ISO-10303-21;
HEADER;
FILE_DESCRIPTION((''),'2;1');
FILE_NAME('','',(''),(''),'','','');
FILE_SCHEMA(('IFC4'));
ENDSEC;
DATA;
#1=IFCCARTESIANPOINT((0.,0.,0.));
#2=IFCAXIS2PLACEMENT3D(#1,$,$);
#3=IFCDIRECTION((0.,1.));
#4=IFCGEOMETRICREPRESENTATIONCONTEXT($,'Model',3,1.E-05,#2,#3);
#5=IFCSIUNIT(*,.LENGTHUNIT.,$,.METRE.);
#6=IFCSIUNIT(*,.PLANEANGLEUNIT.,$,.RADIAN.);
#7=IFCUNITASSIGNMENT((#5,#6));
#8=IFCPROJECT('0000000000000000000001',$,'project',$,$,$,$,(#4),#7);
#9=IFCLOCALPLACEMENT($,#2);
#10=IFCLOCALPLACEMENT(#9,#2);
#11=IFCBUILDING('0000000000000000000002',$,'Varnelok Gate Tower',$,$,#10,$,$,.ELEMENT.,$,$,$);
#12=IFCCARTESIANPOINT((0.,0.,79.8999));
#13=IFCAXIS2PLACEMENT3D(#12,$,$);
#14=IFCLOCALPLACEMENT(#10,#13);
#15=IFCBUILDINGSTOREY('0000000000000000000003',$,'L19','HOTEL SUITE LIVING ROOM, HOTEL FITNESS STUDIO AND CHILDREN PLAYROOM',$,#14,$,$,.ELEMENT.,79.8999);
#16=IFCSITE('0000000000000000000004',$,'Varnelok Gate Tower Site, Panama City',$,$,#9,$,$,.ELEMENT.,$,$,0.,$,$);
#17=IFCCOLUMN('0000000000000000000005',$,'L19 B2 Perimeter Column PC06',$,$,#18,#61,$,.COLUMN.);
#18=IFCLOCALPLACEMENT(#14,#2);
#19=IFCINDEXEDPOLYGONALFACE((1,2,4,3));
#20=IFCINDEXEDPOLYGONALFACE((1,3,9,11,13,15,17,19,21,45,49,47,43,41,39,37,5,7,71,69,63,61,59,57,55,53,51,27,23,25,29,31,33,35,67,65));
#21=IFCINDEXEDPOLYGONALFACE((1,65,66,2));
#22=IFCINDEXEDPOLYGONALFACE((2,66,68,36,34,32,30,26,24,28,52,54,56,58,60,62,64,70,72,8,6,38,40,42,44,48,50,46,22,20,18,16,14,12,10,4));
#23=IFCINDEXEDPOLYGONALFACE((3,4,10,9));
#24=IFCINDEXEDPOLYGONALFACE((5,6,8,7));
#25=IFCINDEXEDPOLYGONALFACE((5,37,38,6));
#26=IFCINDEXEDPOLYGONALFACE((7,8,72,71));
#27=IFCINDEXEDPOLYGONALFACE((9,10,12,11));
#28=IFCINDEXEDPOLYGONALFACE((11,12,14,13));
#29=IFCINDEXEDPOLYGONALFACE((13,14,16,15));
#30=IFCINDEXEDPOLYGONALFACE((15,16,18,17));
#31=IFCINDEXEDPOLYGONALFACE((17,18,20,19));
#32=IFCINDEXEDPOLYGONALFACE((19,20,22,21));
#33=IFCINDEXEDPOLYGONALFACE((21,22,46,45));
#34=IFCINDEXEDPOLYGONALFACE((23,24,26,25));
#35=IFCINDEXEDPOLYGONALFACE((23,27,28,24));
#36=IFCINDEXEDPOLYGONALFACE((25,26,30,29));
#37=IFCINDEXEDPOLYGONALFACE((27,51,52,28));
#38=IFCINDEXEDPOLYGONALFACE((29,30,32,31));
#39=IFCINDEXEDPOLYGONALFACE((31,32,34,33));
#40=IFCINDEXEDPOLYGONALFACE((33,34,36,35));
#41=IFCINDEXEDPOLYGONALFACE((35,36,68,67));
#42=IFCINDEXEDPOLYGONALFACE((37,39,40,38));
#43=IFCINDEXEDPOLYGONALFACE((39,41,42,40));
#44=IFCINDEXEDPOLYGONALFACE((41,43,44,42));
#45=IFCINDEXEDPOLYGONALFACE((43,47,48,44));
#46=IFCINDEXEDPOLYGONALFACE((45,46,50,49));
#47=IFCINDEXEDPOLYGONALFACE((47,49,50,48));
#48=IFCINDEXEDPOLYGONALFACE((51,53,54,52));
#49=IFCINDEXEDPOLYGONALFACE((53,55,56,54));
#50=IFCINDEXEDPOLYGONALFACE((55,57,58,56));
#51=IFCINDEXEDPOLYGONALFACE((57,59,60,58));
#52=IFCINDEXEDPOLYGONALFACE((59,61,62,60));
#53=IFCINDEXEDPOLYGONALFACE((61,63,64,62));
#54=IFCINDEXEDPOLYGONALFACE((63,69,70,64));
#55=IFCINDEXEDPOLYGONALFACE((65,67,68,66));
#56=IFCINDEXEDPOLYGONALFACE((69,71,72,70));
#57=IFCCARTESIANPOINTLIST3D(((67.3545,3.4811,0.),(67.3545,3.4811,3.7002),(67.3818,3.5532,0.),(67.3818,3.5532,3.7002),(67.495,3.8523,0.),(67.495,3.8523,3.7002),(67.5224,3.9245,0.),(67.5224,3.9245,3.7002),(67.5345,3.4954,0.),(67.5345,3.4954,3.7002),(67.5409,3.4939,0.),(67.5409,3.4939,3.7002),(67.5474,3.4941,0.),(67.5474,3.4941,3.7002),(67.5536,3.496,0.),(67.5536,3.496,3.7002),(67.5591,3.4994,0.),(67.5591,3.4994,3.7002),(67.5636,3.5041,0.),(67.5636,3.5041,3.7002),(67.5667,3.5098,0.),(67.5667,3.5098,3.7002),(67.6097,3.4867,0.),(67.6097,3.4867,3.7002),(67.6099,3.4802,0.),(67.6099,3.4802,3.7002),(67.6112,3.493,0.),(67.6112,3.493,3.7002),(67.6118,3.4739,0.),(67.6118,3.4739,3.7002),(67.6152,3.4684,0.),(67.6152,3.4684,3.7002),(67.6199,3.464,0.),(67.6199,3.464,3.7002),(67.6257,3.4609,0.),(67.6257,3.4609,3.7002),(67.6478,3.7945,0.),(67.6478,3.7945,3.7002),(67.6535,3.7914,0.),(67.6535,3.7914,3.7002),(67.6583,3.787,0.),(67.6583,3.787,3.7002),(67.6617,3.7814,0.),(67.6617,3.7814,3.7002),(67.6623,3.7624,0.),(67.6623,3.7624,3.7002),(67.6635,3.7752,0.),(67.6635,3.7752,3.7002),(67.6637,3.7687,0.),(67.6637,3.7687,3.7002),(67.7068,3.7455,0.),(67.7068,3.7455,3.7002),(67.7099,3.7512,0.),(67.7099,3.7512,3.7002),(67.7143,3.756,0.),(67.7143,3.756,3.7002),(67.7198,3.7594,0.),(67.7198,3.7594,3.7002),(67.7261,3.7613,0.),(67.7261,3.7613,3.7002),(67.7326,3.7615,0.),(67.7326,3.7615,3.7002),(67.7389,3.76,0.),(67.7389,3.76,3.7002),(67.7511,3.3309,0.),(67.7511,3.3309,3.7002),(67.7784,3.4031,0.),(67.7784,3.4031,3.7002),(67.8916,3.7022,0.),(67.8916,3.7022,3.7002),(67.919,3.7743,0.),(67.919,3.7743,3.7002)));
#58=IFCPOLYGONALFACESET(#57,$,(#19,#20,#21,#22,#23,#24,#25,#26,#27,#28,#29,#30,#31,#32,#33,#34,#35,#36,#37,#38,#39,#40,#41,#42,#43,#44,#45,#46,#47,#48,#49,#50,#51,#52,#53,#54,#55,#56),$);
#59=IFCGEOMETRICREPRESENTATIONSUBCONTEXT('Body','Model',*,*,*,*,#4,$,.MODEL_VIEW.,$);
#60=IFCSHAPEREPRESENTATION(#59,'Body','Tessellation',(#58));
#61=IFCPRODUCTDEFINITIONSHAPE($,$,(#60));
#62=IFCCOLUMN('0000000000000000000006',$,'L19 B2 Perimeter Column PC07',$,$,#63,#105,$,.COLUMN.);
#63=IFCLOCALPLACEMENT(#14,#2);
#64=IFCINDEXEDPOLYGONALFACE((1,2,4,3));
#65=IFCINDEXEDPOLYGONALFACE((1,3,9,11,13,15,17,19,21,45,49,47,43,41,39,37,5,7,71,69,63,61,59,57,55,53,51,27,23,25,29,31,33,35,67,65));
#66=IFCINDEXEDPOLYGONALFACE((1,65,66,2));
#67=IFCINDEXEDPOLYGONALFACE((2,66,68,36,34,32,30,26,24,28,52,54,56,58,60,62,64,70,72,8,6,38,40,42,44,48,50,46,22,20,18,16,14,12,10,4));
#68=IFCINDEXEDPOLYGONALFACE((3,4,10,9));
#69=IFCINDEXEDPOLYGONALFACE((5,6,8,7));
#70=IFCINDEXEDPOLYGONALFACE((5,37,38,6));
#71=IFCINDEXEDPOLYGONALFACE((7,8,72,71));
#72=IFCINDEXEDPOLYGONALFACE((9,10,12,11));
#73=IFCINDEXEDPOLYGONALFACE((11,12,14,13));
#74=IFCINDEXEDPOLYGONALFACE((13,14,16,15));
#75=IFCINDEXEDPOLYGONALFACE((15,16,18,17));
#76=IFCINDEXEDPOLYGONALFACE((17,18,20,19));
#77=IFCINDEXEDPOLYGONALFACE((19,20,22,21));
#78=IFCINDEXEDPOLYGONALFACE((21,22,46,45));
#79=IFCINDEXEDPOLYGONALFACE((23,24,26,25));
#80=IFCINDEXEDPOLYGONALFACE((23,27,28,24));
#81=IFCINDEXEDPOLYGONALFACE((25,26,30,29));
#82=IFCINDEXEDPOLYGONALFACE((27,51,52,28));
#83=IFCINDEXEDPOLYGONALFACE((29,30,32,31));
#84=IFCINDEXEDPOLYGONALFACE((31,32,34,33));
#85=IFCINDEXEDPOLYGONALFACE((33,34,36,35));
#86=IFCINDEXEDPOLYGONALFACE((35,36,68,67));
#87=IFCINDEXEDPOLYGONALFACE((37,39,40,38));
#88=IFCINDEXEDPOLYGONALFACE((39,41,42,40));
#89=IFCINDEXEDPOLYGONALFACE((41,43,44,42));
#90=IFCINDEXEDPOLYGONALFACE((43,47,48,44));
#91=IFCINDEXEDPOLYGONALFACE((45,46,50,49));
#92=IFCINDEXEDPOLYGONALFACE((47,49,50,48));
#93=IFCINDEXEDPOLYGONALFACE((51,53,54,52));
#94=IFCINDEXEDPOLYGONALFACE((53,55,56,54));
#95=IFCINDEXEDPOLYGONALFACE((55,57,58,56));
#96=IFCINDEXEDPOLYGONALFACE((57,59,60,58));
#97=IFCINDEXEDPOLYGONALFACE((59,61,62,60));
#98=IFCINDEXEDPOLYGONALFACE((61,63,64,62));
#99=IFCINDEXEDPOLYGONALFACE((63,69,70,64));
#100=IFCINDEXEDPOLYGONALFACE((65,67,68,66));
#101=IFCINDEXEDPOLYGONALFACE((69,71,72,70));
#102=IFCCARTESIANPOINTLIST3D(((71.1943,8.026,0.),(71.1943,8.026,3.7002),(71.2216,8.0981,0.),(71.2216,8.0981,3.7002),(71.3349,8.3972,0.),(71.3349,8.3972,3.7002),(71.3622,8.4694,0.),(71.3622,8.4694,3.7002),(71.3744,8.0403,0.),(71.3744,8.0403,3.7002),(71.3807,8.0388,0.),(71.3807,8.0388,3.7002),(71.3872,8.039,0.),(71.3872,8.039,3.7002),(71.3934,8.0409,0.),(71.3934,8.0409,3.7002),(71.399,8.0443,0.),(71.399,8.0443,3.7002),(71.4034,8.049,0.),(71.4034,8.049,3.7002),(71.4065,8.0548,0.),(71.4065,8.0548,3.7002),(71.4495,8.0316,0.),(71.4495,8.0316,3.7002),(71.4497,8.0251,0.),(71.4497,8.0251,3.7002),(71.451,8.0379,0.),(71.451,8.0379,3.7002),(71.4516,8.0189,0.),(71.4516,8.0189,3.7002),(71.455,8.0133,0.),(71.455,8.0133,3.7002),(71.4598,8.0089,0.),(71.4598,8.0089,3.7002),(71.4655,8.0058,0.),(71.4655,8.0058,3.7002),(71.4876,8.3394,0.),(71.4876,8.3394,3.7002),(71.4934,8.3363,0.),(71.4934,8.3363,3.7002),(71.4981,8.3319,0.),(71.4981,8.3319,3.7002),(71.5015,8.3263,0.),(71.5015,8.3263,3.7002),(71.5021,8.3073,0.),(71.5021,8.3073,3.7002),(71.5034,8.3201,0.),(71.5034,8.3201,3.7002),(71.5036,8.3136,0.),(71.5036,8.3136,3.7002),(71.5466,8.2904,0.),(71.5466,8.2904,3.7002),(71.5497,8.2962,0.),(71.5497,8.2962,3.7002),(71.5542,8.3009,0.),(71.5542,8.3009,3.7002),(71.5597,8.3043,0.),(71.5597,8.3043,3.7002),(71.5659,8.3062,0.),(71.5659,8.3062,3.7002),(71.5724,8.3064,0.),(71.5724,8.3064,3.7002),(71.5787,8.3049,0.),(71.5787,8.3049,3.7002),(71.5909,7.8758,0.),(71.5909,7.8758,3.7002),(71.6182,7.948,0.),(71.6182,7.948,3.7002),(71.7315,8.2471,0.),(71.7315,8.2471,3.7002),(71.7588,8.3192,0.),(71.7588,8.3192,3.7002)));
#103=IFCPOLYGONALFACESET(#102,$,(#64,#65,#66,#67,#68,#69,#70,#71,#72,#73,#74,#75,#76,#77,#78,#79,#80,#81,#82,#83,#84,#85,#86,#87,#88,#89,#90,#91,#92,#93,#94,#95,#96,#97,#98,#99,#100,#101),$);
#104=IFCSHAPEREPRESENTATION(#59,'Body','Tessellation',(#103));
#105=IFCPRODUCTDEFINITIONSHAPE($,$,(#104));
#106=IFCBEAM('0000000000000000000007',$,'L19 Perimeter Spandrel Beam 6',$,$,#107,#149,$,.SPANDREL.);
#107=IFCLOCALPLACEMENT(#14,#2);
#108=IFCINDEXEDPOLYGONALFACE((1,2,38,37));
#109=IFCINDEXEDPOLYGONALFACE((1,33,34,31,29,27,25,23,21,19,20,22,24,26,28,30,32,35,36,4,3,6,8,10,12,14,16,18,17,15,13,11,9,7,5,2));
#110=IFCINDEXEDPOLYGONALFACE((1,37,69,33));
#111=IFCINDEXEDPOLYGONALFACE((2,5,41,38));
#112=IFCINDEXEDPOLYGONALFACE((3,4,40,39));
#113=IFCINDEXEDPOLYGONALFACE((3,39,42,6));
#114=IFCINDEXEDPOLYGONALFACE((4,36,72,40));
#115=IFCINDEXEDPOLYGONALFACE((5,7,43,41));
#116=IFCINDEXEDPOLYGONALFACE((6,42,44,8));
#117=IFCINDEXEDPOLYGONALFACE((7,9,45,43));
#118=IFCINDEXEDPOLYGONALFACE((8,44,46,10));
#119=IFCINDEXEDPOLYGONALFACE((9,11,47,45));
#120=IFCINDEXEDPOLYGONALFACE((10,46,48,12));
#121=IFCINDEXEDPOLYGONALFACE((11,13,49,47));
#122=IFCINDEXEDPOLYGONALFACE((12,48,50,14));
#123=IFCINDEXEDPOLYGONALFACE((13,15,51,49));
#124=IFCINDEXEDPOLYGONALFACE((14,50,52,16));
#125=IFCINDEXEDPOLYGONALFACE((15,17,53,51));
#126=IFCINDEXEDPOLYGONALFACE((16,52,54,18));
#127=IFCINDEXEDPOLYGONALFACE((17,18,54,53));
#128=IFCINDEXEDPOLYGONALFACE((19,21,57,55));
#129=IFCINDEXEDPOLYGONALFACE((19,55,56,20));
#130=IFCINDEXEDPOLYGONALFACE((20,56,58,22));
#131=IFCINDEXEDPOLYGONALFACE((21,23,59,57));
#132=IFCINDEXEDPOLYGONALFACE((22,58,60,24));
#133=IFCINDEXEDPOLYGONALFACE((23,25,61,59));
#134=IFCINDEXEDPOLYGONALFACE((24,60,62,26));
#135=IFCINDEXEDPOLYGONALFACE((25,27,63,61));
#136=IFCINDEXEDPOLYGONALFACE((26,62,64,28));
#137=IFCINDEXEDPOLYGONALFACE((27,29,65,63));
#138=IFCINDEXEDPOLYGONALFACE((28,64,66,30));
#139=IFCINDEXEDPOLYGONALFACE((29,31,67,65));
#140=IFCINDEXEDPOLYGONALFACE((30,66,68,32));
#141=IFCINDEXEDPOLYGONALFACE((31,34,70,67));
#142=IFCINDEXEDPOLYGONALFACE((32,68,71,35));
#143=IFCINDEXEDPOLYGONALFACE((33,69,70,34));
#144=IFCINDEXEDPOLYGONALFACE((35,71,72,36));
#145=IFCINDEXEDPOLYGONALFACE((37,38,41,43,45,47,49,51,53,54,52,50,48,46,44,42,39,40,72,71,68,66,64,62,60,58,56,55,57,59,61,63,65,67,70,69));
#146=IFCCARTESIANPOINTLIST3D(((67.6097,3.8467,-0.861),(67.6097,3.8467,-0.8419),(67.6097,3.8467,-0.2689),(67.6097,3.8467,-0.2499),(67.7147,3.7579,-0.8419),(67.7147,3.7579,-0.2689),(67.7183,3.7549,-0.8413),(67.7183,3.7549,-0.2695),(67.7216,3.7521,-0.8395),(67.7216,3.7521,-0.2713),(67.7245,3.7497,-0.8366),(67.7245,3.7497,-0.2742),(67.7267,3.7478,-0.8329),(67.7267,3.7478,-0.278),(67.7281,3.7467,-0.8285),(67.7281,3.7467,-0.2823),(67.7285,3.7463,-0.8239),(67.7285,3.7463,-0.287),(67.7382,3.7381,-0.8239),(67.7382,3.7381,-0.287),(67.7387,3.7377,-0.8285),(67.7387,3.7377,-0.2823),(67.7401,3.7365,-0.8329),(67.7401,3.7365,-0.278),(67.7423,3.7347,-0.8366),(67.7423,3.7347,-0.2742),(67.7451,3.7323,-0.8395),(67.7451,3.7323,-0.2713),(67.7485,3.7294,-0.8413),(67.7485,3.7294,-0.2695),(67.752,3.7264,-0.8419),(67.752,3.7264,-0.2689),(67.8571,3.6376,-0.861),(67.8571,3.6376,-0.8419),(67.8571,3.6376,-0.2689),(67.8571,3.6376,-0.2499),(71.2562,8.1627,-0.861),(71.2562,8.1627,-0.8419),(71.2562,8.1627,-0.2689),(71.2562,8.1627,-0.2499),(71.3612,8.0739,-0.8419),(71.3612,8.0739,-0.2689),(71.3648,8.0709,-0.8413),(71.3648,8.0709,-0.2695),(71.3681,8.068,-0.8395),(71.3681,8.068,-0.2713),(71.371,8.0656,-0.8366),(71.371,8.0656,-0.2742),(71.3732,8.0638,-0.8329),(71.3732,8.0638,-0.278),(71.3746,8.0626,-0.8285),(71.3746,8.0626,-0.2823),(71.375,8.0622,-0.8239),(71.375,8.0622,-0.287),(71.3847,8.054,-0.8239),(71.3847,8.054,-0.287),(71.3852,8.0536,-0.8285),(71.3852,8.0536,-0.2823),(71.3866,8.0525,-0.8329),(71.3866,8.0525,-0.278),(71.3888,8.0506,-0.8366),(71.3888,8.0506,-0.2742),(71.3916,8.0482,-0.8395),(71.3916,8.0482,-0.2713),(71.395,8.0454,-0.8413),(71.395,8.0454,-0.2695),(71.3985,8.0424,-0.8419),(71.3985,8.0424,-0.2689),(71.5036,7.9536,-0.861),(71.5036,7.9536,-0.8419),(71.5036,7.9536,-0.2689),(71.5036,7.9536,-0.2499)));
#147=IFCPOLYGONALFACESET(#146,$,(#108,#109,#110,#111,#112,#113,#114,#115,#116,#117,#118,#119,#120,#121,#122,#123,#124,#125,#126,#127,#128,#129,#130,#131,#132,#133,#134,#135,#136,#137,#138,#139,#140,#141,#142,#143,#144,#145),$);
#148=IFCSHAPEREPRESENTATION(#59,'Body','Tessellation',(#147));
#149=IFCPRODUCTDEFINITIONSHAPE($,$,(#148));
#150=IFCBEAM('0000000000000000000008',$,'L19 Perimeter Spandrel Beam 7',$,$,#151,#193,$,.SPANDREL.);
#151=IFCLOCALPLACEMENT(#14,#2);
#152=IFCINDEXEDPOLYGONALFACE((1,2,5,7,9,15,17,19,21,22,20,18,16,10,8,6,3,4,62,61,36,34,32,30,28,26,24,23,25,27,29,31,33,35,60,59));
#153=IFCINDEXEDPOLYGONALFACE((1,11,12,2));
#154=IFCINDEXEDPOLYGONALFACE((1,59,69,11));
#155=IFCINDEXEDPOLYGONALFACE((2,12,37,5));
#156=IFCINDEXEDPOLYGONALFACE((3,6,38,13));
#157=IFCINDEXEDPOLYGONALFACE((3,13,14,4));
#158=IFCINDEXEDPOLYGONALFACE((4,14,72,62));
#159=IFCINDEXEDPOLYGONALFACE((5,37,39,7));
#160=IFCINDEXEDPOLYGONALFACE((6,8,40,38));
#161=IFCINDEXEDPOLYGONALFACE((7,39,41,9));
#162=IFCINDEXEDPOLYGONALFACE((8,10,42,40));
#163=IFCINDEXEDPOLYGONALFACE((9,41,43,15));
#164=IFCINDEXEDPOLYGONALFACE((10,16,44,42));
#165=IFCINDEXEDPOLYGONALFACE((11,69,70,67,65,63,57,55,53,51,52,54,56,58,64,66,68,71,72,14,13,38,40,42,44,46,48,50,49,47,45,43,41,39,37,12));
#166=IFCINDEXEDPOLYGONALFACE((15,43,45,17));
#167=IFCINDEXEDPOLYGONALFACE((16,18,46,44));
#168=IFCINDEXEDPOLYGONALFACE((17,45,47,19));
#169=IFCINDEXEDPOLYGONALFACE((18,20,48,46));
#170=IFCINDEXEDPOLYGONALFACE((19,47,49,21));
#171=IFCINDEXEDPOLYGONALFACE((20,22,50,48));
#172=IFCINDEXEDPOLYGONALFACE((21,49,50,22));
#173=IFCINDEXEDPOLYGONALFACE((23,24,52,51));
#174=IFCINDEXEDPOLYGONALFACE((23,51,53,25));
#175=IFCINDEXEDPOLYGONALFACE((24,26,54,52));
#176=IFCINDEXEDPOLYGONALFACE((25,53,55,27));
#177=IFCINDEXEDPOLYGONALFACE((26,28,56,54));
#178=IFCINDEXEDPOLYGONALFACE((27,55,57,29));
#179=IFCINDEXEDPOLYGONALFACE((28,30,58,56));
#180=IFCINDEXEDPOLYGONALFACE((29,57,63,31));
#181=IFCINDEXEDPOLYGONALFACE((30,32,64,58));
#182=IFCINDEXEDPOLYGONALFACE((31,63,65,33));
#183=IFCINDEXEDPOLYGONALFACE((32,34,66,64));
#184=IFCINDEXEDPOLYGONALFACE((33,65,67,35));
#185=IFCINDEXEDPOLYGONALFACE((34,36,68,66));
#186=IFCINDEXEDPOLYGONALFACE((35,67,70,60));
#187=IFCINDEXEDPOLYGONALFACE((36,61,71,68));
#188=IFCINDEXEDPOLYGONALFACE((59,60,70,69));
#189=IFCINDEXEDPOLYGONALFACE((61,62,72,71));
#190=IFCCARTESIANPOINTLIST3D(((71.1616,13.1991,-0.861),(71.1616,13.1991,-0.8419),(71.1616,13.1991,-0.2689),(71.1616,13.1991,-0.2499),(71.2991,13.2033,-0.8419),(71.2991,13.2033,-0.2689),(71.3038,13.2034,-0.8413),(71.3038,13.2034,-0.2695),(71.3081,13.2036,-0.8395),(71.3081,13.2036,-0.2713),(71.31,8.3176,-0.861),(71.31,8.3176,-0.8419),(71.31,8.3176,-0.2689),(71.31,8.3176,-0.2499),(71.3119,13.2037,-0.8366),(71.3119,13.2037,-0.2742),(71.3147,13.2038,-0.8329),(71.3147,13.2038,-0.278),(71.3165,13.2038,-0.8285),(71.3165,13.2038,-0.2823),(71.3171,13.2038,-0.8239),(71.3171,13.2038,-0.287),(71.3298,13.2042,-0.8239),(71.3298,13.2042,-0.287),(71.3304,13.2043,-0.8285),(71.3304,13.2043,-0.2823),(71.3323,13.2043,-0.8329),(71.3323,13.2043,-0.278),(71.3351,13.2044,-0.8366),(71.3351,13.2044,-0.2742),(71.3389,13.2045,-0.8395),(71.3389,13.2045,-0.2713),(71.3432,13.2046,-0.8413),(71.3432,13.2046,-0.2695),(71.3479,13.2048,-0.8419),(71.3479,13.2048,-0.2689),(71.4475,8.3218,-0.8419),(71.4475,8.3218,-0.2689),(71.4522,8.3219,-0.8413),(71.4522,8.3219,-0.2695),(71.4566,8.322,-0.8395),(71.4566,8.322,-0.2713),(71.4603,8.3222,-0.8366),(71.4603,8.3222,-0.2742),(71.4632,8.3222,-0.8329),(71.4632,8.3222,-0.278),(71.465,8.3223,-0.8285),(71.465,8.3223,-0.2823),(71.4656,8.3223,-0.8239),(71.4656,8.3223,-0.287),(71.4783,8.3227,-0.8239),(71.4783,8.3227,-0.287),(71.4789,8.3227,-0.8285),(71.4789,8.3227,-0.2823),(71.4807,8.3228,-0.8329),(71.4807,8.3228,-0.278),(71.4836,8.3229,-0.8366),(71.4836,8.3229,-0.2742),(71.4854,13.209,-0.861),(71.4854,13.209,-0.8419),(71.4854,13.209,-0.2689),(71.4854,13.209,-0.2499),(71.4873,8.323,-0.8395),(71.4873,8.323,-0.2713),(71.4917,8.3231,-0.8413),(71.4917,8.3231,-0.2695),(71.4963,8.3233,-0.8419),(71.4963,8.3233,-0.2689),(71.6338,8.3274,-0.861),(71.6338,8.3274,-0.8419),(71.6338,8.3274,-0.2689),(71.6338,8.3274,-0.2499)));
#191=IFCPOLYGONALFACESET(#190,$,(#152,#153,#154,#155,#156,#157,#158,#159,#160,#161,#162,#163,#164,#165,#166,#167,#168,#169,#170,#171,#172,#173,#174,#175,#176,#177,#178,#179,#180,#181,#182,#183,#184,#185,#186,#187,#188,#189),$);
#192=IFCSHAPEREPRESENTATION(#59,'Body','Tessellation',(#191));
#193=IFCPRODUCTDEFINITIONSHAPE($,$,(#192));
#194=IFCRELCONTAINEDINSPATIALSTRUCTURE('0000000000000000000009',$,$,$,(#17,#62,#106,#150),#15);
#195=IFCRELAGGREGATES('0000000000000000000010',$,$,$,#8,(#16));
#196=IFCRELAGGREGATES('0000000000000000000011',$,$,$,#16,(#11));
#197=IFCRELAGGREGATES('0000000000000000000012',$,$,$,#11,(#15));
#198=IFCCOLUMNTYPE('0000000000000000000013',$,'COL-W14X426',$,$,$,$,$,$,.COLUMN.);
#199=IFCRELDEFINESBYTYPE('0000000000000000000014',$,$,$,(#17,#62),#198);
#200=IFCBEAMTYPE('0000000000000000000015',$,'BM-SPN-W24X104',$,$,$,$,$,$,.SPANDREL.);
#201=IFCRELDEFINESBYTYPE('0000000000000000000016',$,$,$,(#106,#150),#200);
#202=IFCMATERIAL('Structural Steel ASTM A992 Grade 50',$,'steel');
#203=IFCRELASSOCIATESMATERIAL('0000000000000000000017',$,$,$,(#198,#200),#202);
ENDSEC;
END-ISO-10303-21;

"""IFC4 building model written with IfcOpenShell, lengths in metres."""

from ifc_helpers import new_model, si_unit, direction, frame, origin, origin_2d, place, context, subcontext, project, spatial, i_section, extrude, material, material_profile, profile_set, type_object, element, save


model = new_model("IFC4")

# Units and contexts
model_context = context("Model", 3, precision=1e-05, world=origin(), true_north=direction((0.0, 1.0)))
body_context = subcontext(model_context, "Body", "Model", "MODEL_VIEW")
ifc_project = project(units=[si_unit("LENGTHUNIT", "METRE"), si_unit("PLANEANGLEUNIT", "RADIAN")], contexts=[model_context])

# Site, building, storey
site_placement = place(None, origin())
site = spatial("IfcSite", under=ifc_project, at=site_placement, Name="Varnelok Gate Tower Site, Panama City", CompositionType="ELEMENT", RefElevation=0.0)
building_placement = place(site_placement, origin())
building = spatial("IfcBuilding", under=site, at=building_placement, Name="Varnelok Gate Tower", CompositionType="ELEMENT")
storey_placement = place(building_placement, frame((0.0, 0.0, 79.8999)))
storey = spatial("IfcBuildingStorey", under=building, at=storey_placement, Name="L19", Description="HOTEL SUITE LIVING ROOM, HOTEL FITNESS STUDIO AND CHILDREN PLAYROOM", CompositionType="ELEMENT", Elevation=79.8999)

# Columns
ifc_material_1 = material(Name="Structural Steel ASTM A992 Grade 50", Category="steel")
ifc_material_profile_1 = material_profile(ifc_material_1, i_section(OverallWidth=0.4241, OverallDepth=0.4741, WebThickness=0.0476, FlangeThickness=0.0771, FilletRadius=0.0249, at=origin_2d()), Name="W14X426")
ifc_profile_set_1 = profile_set([ifc_material_profile_1], Name="Structural Steel ASTM A992 Grade 50")
column_type = type_object("IfcColumnType", Name="COL-W14X426", PredefinedType="COLUMN", material=ifc_profile_set_1)
for number, where, z_axis, x_axis, name in (
    (1, (67.6367, 3.6277, 0.0), (0.0, 0.0, 1.0), (0.935222, -0.354063, 0.0), "L19 B2 Perimeter Column PC06"),
    (2, (71.4766, 8.1726, 0.0), (0.0, 0.0, 1.0), (0.935222, -0.354063, 0.0), "L19 B2 Perimeter Column PC07"),
):
    element("IfcColumn", number, at=place(storey_placement, frame(where, z_axis=z_axis, x_axis=x_axis)), inside=storey, type_object=column_type, Name=name, PredefinedType="COLUMN", context=body_context, shape_type="SweptSolid", body=[
        extrude(i_section(OverallWidth=0.4241, OverallDepth=0.4741, WebThickness=0.0476, FlangeThickness=0.0771, FilletRadius=0.0249, at=origin_2d()), origin(), (0.0, 0.0, 1.0), 3.7002),
    ])

# Beams
ifc_material_profile_2 = material_profile(ifc_material_1, i_section(OverallWidth=0.324, OverallDepth=0.6111, WebThickness=0.0127, FlangeThickness=0.019, FilletRadius=0.0181, at=origin_2d()), Name="W24X104")
ifc_profile_set_2 = profile_set([ifc_material_profile_2], Name="Structural Steel ASTM A992 Grade 50")
beam_type = type_object("IfcBeamType", Name="BM-SPN-W24X104", PredefinedType="SPANDREL", material=ifc_profile_set_2)
beam_1_placement = place(storey_placement, frame((67.7334, 3.7422, -0.5554), z_axis=(0.64538, 0.763861, 0.0), x_axis=(-0.763861, 0.64538, 0.0)))
element("IfcBeam", 3, at=beam_1_placement, inside=storey, type_object=beam_type, Name="L19 Perimeter Spandrel Beam 6", PredefinedType="SPANDREL", context=body_context, shape_type="SweptSolid", body=[
    extrude(i_section(OverallWidth=0.324, OverallDepth=0.6111, WebThickness=0.0127, FlangeThickness=0.019, FilletRadius=0.0181, at=origin_2d()), origin(), (0.0, 0.0, 1.0), 5.6501),
])
beam_2_placement = place(storey_placement, frame((71.4719, 8.3225, -0.5554), z_axis=(-0.030394, 0.999538, 0.0), x_axis=(-0.999538, -0.030394, 0.0)))
element("IfcBeam", 4, at=beam_2_placement, inside=storey, type_object=beam_type, Name="L19 Perimeter Spandrel Beam 7", PredefinedType="SPANDREL", context=body_context, shape_type="SweptSolid", body=[
    extrude(i_section(OverallWidth=0.324, OverallDepth=0.6111, WebThickness=0.0127, FlangeThickness=0.019, FilletRadius=0.0181, at=origin_2d()), origin(), (0.0, 0.0, 1.0), 4.8838),
])

save(model, "model.ifc")
